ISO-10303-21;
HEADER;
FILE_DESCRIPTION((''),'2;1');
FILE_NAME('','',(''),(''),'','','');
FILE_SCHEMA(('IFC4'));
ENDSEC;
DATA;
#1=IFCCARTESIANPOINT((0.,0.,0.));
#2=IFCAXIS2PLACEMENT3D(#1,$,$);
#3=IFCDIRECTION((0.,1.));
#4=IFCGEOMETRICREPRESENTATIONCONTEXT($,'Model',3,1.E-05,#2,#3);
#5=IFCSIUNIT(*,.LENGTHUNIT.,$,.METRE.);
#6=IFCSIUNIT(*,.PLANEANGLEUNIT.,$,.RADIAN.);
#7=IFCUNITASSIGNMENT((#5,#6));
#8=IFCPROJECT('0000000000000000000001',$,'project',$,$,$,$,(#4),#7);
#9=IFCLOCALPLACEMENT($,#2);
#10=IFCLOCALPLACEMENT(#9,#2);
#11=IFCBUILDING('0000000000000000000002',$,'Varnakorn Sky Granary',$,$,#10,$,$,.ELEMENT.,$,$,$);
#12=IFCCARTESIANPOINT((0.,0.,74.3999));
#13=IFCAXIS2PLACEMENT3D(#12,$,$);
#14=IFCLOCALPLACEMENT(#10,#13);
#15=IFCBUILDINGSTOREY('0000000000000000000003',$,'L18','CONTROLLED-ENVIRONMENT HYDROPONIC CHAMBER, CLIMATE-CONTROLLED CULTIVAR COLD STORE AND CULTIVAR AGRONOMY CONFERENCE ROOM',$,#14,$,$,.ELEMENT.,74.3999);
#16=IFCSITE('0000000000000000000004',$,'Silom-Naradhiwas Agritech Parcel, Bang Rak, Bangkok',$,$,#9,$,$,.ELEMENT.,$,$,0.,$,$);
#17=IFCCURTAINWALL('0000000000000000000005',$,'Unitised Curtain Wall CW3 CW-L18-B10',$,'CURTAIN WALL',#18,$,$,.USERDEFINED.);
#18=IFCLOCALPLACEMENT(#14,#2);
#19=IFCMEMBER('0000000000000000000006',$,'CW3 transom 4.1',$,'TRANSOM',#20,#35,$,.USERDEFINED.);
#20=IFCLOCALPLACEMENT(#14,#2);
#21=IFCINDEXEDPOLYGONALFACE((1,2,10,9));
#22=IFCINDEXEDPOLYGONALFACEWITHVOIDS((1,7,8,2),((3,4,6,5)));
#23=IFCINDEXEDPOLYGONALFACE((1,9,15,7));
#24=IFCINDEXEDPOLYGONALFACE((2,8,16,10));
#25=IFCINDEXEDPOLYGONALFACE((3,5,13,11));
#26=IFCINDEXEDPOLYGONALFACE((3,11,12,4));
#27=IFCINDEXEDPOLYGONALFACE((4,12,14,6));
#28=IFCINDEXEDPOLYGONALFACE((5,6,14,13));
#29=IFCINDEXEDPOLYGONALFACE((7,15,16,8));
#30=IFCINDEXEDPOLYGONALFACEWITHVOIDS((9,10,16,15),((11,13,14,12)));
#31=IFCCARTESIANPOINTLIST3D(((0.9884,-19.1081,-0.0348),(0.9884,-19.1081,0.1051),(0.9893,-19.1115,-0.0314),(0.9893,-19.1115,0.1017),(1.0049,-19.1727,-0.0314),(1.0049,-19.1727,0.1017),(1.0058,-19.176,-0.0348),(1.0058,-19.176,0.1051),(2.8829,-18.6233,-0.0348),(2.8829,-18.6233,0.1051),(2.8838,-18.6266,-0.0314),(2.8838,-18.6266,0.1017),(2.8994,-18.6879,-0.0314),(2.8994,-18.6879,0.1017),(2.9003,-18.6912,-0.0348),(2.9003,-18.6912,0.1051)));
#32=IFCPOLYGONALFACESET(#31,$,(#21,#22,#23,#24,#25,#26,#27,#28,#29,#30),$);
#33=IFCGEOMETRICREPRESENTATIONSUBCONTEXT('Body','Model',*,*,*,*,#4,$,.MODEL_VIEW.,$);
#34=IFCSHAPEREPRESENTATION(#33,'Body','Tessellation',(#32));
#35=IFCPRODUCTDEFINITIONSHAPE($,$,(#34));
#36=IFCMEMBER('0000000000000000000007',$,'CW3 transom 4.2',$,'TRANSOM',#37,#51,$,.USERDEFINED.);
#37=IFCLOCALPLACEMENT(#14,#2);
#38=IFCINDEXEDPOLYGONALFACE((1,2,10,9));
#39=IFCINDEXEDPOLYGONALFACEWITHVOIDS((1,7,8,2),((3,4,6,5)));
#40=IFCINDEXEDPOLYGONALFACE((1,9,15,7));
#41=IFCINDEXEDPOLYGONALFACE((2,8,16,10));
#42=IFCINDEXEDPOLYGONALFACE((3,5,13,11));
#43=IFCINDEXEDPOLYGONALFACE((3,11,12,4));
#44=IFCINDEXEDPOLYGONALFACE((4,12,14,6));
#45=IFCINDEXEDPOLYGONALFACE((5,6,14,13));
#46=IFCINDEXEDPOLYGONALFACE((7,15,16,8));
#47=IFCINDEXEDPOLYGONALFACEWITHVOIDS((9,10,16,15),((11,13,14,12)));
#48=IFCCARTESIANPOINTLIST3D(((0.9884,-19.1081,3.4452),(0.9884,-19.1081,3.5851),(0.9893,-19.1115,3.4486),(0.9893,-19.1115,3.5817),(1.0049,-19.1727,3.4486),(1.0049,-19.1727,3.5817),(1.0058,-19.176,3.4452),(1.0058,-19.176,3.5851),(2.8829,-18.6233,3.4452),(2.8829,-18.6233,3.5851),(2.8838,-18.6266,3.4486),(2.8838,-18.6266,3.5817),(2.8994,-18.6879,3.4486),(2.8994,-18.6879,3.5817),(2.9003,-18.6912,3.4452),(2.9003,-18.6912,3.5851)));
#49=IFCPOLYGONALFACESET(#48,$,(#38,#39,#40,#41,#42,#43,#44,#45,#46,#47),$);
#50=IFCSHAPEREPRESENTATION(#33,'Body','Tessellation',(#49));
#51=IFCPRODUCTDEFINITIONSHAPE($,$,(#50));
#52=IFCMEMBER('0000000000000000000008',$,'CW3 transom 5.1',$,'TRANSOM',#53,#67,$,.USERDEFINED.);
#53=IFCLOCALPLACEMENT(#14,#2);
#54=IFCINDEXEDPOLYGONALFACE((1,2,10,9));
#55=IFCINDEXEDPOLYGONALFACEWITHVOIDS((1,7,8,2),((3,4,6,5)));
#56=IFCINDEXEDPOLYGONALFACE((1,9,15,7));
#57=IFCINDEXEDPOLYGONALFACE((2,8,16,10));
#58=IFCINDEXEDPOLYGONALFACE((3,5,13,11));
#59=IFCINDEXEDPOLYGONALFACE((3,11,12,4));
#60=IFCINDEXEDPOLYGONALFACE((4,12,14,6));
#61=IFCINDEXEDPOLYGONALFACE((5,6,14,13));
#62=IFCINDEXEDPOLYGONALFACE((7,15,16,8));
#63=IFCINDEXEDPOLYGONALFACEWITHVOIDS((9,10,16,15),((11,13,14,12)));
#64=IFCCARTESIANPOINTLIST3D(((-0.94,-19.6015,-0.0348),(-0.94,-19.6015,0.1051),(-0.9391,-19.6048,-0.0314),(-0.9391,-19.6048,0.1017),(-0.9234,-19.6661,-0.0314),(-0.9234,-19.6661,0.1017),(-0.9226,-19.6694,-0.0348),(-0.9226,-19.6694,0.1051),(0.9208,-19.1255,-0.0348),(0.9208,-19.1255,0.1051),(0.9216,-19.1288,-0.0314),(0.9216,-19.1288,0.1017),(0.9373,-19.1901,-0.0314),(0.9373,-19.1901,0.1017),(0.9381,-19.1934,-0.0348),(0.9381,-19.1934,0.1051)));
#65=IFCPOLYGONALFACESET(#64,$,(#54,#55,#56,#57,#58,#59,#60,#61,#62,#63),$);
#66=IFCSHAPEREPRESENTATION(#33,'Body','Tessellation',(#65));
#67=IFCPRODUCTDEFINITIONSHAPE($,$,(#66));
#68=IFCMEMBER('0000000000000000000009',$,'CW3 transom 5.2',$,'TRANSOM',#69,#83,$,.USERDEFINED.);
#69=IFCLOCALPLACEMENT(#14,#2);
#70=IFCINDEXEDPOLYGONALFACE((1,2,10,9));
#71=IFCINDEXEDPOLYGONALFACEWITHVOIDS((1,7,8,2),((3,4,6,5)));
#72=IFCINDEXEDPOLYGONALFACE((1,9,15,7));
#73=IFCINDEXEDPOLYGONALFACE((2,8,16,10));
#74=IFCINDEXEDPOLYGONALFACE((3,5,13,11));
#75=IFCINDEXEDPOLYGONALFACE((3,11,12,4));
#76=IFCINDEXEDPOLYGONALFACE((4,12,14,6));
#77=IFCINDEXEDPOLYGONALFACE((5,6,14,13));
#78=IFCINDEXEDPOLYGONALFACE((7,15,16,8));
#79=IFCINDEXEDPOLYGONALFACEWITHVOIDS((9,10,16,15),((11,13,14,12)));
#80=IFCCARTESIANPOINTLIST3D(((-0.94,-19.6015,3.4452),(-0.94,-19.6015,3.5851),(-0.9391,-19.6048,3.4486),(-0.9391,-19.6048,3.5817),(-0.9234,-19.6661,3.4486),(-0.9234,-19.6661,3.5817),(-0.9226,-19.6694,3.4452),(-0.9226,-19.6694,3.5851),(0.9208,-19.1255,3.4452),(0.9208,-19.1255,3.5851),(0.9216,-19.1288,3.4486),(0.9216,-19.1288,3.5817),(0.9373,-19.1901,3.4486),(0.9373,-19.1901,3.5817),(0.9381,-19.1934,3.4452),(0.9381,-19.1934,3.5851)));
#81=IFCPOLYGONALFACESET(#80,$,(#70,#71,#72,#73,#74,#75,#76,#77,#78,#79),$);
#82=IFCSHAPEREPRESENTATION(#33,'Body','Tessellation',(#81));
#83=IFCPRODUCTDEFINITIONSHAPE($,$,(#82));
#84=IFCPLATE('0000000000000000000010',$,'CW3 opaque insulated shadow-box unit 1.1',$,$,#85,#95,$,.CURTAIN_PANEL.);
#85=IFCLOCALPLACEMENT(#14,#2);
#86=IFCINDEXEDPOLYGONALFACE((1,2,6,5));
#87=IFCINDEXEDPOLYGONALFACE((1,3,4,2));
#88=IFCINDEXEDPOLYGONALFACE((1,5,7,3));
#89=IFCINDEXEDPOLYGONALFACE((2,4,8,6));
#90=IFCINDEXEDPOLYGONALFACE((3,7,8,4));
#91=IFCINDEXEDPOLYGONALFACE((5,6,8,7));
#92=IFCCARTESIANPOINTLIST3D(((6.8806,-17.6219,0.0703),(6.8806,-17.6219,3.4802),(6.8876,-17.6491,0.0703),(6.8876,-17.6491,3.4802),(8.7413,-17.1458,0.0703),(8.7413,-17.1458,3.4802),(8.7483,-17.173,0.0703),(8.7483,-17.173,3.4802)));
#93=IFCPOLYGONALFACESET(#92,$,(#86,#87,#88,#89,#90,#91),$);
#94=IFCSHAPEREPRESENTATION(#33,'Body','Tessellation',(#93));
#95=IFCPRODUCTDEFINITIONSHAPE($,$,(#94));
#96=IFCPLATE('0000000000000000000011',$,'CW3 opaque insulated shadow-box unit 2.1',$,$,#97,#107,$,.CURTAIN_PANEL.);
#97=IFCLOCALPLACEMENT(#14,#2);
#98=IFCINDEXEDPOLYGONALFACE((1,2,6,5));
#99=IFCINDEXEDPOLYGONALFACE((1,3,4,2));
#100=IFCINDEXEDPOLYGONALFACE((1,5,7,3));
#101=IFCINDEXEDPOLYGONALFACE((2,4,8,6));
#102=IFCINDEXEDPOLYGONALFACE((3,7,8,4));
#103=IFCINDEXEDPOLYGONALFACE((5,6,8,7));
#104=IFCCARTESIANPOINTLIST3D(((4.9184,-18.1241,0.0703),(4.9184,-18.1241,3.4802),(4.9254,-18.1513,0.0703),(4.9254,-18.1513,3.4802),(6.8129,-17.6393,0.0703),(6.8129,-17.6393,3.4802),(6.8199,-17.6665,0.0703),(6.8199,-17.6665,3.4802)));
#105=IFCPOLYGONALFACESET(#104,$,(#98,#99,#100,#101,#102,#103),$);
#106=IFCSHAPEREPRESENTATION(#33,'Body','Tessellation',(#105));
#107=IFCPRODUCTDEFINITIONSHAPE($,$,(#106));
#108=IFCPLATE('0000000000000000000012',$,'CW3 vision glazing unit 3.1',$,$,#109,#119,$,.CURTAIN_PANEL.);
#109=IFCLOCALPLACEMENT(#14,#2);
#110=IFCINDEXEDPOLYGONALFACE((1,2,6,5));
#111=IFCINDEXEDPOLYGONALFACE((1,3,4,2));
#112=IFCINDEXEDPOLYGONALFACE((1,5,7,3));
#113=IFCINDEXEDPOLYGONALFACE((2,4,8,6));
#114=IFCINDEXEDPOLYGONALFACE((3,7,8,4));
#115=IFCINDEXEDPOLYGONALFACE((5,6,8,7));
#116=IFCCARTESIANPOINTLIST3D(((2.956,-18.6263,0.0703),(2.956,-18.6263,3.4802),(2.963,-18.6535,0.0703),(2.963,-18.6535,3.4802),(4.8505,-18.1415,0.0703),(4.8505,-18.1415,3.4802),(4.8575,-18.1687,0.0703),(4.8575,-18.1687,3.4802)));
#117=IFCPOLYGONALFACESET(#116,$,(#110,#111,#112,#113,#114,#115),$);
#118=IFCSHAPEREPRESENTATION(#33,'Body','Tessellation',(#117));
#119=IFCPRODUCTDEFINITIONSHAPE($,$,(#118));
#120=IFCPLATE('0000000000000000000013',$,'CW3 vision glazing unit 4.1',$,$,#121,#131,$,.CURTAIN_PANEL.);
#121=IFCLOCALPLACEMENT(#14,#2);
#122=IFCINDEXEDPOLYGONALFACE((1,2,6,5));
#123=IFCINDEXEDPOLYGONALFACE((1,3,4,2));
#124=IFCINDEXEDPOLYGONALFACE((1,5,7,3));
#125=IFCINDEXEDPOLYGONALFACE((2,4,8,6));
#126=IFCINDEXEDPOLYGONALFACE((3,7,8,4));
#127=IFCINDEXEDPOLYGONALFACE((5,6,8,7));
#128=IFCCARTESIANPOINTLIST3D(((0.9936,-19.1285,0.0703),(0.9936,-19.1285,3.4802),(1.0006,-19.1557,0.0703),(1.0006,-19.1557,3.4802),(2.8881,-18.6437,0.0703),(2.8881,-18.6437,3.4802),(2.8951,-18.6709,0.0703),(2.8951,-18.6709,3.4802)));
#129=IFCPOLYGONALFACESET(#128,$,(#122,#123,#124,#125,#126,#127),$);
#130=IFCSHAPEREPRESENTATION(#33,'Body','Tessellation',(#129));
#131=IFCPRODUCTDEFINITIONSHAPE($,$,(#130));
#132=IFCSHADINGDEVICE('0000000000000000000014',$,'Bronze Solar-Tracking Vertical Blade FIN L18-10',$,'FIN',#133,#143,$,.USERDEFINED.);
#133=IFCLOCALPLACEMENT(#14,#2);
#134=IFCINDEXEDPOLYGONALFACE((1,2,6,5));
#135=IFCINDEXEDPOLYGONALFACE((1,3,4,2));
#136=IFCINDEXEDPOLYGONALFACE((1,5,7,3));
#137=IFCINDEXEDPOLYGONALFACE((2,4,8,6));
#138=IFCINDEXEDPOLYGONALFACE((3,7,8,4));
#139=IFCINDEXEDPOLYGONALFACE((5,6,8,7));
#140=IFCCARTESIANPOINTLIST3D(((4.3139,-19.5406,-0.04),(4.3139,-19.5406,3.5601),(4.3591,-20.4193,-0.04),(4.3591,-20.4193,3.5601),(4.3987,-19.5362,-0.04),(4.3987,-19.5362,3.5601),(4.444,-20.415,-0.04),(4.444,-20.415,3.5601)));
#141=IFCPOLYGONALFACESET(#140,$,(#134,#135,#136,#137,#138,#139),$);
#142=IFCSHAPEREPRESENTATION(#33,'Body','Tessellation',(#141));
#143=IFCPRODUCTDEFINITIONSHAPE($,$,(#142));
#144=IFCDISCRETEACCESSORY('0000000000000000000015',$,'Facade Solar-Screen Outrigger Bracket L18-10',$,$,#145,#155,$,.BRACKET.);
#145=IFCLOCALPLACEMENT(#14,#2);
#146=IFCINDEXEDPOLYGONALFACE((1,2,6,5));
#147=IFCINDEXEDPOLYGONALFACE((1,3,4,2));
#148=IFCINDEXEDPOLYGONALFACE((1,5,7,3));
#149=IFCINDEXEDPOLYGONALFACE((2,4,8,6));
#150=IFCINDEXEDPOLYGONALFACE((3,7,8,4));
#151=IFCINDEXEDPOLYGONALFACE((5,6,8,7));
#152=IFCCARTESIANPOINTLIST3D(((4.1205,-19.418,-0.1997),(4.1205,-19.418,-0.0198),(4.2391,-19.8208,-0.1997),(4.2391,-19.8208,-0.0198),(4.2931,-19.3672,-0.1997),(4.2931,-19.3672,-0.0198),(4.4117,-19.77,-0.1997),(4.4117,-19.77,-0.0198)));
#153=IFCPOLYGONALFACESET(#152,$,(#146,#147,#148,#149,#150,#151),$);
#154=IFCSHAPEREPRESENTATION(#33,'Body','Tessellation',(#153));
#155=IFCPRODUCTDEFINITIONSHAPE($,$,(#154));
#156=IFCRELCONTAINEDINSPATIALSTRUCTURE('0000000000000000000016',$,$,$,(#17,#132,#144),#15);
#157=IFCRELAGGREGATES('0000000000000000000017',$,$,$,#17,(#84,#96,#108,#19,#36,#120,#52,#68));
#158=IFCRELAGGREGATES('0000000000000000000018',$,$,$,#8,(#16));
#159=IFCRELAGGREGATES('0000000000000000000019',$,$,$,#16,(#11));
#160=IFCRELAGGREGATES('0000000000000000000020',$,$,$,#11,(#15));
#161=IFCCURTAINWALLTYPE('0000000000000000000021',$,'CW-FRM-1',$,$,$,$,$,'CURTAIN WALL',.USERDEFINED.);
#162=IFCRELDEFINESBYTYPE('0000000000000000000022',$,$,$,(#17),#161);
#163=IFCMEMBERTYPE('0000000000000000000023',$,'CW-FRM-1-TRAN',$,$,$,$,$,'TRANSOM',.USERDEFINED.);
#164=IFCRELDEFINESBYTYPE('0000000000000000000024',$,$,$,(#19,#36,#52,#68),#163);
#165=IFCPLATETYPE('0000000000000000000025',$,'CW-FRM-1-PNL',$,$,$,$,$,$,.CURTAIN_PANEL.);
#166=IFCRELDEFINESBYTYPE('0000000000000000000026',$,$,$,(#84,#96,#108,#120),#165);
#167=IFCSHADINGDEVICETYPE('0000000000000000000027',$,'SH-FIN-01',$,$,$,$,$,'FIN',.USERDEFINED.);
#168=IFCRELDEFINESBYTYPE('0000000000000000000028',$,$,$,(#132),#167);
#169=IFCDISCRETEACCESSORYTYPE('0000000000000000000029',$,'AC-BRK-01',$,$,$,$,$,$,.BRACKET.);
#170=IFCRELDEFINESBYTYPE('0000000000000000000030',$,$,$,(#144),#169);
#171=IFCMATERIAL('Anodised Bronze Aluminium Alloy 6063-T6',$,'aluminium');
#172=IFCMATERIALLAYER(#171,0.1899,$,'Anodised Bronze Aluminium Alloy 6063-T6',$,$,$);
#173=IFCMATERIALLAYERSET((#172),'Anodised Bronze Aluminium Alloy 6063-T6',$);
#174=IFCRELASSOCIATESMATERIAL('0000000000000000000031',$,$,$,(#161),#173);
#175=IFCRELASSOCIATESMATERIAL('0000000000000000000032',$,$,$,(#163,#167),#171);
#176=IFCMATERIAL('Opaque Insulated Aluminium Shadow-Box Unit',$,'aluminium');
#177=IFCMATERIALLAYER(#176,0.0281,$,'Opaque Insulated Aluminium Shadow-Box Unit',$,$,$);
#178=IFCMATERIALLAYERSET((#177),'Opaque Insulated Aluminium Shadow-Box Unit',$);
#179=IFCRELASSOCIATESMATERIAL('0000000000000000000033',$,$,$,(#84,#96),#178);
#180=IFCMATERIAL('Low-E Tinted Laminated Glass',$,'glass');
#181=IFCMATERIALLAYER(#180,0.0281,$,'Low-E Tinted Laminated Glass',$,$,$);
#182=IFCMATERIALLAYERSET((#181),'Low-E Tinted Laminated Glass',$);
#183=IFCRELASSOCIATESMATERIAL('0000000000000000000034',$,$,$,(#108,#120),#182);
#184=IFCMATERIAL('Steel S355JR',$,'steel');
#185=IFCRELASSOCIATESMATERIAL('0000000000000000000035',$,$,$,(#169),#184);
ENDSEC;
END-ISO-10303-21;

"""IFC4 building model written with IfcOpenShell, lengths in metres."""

from ifc_helpers import new_model, si_unit, direction, frame, origin, origin_2d, place, context, subcontext, project, spatial, rectangle, hollow_rectangle, extrude, source, transform, mapped, material, layer, layer_set, material_profile, profile_set, type_object, type_shapes, element, aggregate, save


model = new_model("IFC4")

# Units and contexts
model_context = context("Model", 3, precision=1e-05, world=origin(), true_north=direction((0.0, 1.0)))
body_context = subcontext(model_context, "Body", "Model", "MODEL_VIEW")
ifc_project = project(units=[si_unit("LENGTHUNIT", "METRE"), si_unit("PLANEANGLEUNIT", "RADIAN")], contexts=[model_context])

# Site, building, storey
site_placement = place(None, origin())
site = spatial("IfcSite", under=ifc_project, at=site_placement, Name="Silom-Naradhiwas Agritech Parcel, Bang Rak, Bangkok", CompositionType="ELEMENT", RefElevation=0.0)
building_placement = place(site_placement, origin())
building = spatial("IfcBuilding", under=site, at=building_placement, Name="Varnakorn Sky Granary", CompositionType="ELEMENT")
storey_placement = place(building_placement, frame((0.0, 0.0, 74.3999)))
storey = spatial("IfcBuildingStorey", under=building, at=storey_placement, Name="L18", Description="CONTROLLED-ENVIRONMENT HYDROPONIC CHAMBER, CLIMATE-CONTROLLED CULTIVAR COLD STORE AND CULTIVAR AGRONOMY CONFERENCE ROOM", CompositionType="ELEMENT", Elevation=74.3999)

# Curtain wall, members, plates
ifc_material_1 = material(Name="Anodised Bronze Aluminium Alloy 6063-T6", Category="aluminium")
ifc_layer_1 = layer(ifc_material_1, 0.1899, Name="Anodised Bronze Aluminium Alloy 6063-T6")
ifc_layer_set_1 = layer_set([ifc_layer_1], Name="Anodised Bronze Aluminium Alloy 6063-T6")
curtain_wall_type = type_object("IfcCurtainWallType", Name="CW-FRM-1", ElementType="CURTAIN WALL", PredefinedType="USERDEFINED", material=ifc_layer_set_1)
curtain_wall_placement = place(storey_placement, origin())
curtain_wall = element("IfcCurtainWall", 1, at=curtain_wall_placement, inside=storey, type_object=curtain_wall_type, Name="Unitised Curtain Wall CW3 CW-L18-B10", ObjectType="CURTAIN WALL", PredefinedType="USERDEFINED")
ifc_material_profile_1 = material_profile(ifc_material_1, hollow_rectangle(XDim=0.0701, YDim=0.1399, WallThickness=0.0034, at=origin_2d()), Name="ALU TRAN 70x140")
ifc_profile_set_1 = profile_set([ifc_material_profile_1], Name="Anodised Bronze Aluminium Alloy 6063-T6")
member_type_1 = type_object("IfcMemberType", Name="CW-FRM-1-TRAN", ElementType="TRANSOM", PredefinedType="USERDEFINED", material=ifc_profile_set_1)
member_1_placement = place(storey_placement, frame((2.8916, -18.6572, 0.0352), z_axis=(-0.968776, -0.247937, 0.0), x_axis=(0.247937, -0.968776, 0.0)))
member_1 = element("IfcMember", 2, at=member_1_placement, type_object=member_type_1, Name="CW3 transom 4.1", ObjectType="TRANSOM", PredefinedType="USERDEFINED", context=body_context, shape_type="SweptSolid", body=[
    extrude(hollow_rectangle(XDim=0.0701, YDim=0.1399, WallThickness=0.0034, at=origin_2d()), origin(), (0.0, 0.0, 1.0), 1.9556),
])
member_2_placement = place(storey_placement, frame((2.8916, -18.6572, 3.5151), z_axis=(-0.968776, -0.247937, 0.0), x_axis=(0.247937, -0.968776, 0.0)))
member_2 = element("IfcMember", 3, at=member_2_placement, type_object=member_type_1, Name="CW3 transom 4.2", ObjectType="TRANSOM", PredefinedType="USERDEFINED", context=body_context, shape_type="SweptSolid", body=[
    extrude(hollow_rectangle(XDim=0.0701, YDim=0.1399, WallThickness=0.0034, at=origin_2d()), origin(), (0.0, 0.0, 1.0), 1.9556),
])
member_3_placement = place(storey_placement, frame((0.9294, -19.1594, 0.0352), z_axis=(-0.968797, -0.247855, 0.0), x_axis=(0.247855, -0.968797, 0.0)))
member_3 = element("IfcMember", 4, at=member_3_placement, type_object=member_type_1, Name="CW3 transom 5.1", ObjectType="TRANSOM", PredefinedType="USERDEFINED", context=body_context, shape_type="SweptSolid", body=[
    extrude(hollow_rectangle(XDim=0.0701, YDim=0.1399, WallThickness=0.0034, at=origin_2d()), origin(), (0.0, 0.0, 1.0), 1.9207),
])
member_4_placement = place(storey_placement, frame((0.9294, -19.1594, 3.5151), z_axis=(-0.968797, -0.247855, 0.0), x_axis=(0.247855, -0.968797, 0.0)))
member_4 = element("IfcMember", 5, at=member_4_placement, type_object=member_type_1, Name="CW3 transom 5.2", ObjectType="TRANSOM", PredefinedType="USERDEFINED", context=body_context, shape_type="SweptSolid", body=[
    extrude(hollow_rectangle(XDim=0.0701, YDim=0.1399, WallThickness=0.0034, at=origin_2d()), origin(), (0.0, 0.0, 1.0), 1.9207),
])
ifc_material_2 = material(Name="Opaque Insulated Aluminium Shadow-Box Unit", Category="aluminium")
ifc_layer_2 = layer(ifc_material_2, 0.0281, Name="Opaque Insulated Aluminium Shadow-Box Unit")
ifc_layer_set_2 = layer_set([ifc_layer_2], Name="Opaque Insulated Aluminium Shadow-Box Unit")
plate_type = type_object("IfcPlateType", Name="CW-FRM-1-PNL", PredefinedType="CURTAIN_PANEL")
shared_shape_1 = source(origin(), body_context, "Body", "SweptSolid", [
    extrude(rectangle(XDim=1.9207, YDim=0.0281, at=origin_2d()), origin(), (0.0, 0.0, 1.0), 3.4099),
])
plate_1_placement = place(storey_placement, frame((7.8145, -17.3975, 0.0703), z_axis=(0.0, 0.0, 1.0), x_axis=(-0.968785, -0.247901, 0.0)))
plate_1 = element("IfcPlate", 6, at=plate_1_placement, type_object=plate_type, material=ifc_layer_set_2, Name="CW3 opaque insulated shadow-box unit 1.1", PredefinedType="CURTAIN_PANEL", context=body_context, shape_type="MappedRepresentation", body=[
    mapped(shared_shape_1, transform((0.0, 0.0, 0.0), x_axis=(1.0, 0.0, 0.0), y_axis=(0.0, 1.0, 0.0), z_axis=(0.0, 0.0, 1.0), scale=1.0)),
])
shared_shape_2 = source(origin(), body_context, "Body", "SweptSolid", [
    extrude(rectangle(XDim=1.9556, YDim=0.0281, at=origin_2d()), origin(), (0.0, 0.0, 1.0), 3.4099),
])
type_shapes(plate_type, [shared_shape_1, shared_shape_2])
plate_2_placement = place(storey_placement, frame((5.8691, -17.8953, 0.0703), z_axis=(0.0, 0.0, 1.0), x_axis=(-0.968785, -0.247901, 0.0)))
plate_2 = element("IfcPlate", 7, at=plate_2_placement, type_object=plate_type, material=ifc_layer_set_2, Name="CW3 opaque insulated shadow-box unit 2.1", PredefinedType="CURTAIN_PANEL", context=body_context, shape_type="MappedRepresentation", body=[
    mapped(shared_shape_2, transform((0.0, 0.0, 0.0), x_axis=(1.0, 0.0, 0.0), y_axis=(0.0, 1.0, 0.0), z_axis=(0.0, 0.0, 1.0), scale=1.0)),
])
ifc_material_3 = material(Name="Low-E Tinted Laminated Glass", Category="glass")
ifc_layer_3 = layer(ifc_material_3, 0.0281, Name="Low-E Tinted Laminated Glass")
ifc_layer_set_3 = layer_set([ifc_layer_3], Name="Low-E Tinted Laminated Glass")
plate_3_placement = place(storey_placement, frame((3.9067, -18.3975, 0.0703), z_axis=(0.0, 0.0, 1.0), x_axis=(-0.968785, -0.247901, 0.0)))
plate_3 = element("IfcPlate", 8, at=plate_3_placement, type_object=plate_type, material=ifc_layer_set_3, Name="CW3 vision glazing unit 3.1", PredefinedType="CURTAIN_PANEL", context=body_context, shape_type="MappedRepresentation", body=[
    mapped(shared_shape_2, transform((0.0, 0.0, 0.0), x_axis=(1.0, 0.0, 0.0), y_axis=(0.0, 1.0, 0.0), z_axis=(0.0, 0.0, 1.0), scale=1.0)),
])
plate_4_placement = place(storey_placement, frame((1.9443, -18.8997, 0.0703), z_axis=(0.0, 0.0, 1.0), x_axis=(-0.968785, -0.247901, 0.0)))
plate_4 = element("IfcPlate", 9, at=plate_4_placement, type_object=plate_type, material=ifc_layer_set_3, Name="CW3 vision glazing unit 4.1", PredefinedType="CURTAIN_PANEL", context=body_context, shape_type="MappedRepresentation", body=[
    mapped(shared_shape_2, transform((0.0, 0.0, 0.0), x_axis=(1.0, 0.0, 0.0), y_axis=(0.0, 1.0, 0.0), z_axis=(0.0, 0.0, 1.0), scale=1.0)),
])
aggregate(curtain_wall, [plate_1, plate_2, plate_3, member_1, member_2, plate_4, member_3, member_4])

# Shading device
shading_device_type = type_object("IfcShadingDeviceType", Name="SH-FIN-01", ElementType="FIN", PredefinedType="USERDEFINED", material=ifc_material_1)
shared_shape_3 = source(origin(), body_context, "Body", "SweptSolid", [
    extrude(rectangle(XDim=0.085, YDim=0.8799, at=origin_2d()), origin(), (0.0, 0.0, 1.0), 3.6001),
])
type_shapes(shading_device_type, [shared_shape_3])
shading_device_placement = place(storey_placement, frame((4.3789, -19.9778, -0.04), z_axis=(0.0, 0.0, 1.0), x_axis=(0.998677, 0.051428, 0.0)))
element("IfcShadingDevice", 10, at=shading_device_placement, inside=storey, type_object=shading_device_type, Name="Bronze Solar-Tracking Vertical Blade FIN L18-10", ObjectType="FIN", PredefinedType="USERDEFINED", context=body_context, shape_type="MappedRepresentation", body=[
    mapped(shared_shape_3, transform((0.0, 0.0, 0.0), x_axis=(1.0, 0.0, 0.0), y_axis=(0.0, 1.0, 0.0), z_axis=(0.0, 0.0, 1.0), scale=1.0)),
])

# Discrete accessory
ifc_material_4 = material(Name="Steel S355JR", Category="steel")
discrete_accessory_type = type_object("IfcDiscreteAccessoryType", Name="AC-BRK-01", PredefinedType="BRACKET", material=ifc_material_4)
shared_shape_4 = source(origin(), body_context, "Body", "SweptSolid", [
    extrude(rectangle(XDim=0.1799, YDim=0.4199, at=origin_2d()), origin(), (0.0, 0.0, 1.0), 0.1799),
])
type_shapes(discrete_accessory_type, [shared_shape_4])
discrete_accessory_placement = place(storey_placement, frame((4.2661, -19.594, -0.1997), z_axis=(0.0, 0.0, 1.0), x_axis=(0.959325, 0.282303, 0.0)))
element("IfcDiscreteAccessory", 11, at=discrete_accessory_placement, inside=storey, type_object=discrete_accessory_type, Name="Facade Solar-Screen Outrigger Bracket L18-10", PredefinedType="BRACKET", context=body_context, shape_type="MappedRepresentation", body=[
    mapped(shared_shape_4, transform((0.0, 0.0, 0.0), x_axis=(1.0, 0.0, 0.0), y_axis=(0.0, 1.0, 0.0), z_axis=(0.0, 0.0, 1.0), scale=1.0)),
])

save(model, "model.ifc")
